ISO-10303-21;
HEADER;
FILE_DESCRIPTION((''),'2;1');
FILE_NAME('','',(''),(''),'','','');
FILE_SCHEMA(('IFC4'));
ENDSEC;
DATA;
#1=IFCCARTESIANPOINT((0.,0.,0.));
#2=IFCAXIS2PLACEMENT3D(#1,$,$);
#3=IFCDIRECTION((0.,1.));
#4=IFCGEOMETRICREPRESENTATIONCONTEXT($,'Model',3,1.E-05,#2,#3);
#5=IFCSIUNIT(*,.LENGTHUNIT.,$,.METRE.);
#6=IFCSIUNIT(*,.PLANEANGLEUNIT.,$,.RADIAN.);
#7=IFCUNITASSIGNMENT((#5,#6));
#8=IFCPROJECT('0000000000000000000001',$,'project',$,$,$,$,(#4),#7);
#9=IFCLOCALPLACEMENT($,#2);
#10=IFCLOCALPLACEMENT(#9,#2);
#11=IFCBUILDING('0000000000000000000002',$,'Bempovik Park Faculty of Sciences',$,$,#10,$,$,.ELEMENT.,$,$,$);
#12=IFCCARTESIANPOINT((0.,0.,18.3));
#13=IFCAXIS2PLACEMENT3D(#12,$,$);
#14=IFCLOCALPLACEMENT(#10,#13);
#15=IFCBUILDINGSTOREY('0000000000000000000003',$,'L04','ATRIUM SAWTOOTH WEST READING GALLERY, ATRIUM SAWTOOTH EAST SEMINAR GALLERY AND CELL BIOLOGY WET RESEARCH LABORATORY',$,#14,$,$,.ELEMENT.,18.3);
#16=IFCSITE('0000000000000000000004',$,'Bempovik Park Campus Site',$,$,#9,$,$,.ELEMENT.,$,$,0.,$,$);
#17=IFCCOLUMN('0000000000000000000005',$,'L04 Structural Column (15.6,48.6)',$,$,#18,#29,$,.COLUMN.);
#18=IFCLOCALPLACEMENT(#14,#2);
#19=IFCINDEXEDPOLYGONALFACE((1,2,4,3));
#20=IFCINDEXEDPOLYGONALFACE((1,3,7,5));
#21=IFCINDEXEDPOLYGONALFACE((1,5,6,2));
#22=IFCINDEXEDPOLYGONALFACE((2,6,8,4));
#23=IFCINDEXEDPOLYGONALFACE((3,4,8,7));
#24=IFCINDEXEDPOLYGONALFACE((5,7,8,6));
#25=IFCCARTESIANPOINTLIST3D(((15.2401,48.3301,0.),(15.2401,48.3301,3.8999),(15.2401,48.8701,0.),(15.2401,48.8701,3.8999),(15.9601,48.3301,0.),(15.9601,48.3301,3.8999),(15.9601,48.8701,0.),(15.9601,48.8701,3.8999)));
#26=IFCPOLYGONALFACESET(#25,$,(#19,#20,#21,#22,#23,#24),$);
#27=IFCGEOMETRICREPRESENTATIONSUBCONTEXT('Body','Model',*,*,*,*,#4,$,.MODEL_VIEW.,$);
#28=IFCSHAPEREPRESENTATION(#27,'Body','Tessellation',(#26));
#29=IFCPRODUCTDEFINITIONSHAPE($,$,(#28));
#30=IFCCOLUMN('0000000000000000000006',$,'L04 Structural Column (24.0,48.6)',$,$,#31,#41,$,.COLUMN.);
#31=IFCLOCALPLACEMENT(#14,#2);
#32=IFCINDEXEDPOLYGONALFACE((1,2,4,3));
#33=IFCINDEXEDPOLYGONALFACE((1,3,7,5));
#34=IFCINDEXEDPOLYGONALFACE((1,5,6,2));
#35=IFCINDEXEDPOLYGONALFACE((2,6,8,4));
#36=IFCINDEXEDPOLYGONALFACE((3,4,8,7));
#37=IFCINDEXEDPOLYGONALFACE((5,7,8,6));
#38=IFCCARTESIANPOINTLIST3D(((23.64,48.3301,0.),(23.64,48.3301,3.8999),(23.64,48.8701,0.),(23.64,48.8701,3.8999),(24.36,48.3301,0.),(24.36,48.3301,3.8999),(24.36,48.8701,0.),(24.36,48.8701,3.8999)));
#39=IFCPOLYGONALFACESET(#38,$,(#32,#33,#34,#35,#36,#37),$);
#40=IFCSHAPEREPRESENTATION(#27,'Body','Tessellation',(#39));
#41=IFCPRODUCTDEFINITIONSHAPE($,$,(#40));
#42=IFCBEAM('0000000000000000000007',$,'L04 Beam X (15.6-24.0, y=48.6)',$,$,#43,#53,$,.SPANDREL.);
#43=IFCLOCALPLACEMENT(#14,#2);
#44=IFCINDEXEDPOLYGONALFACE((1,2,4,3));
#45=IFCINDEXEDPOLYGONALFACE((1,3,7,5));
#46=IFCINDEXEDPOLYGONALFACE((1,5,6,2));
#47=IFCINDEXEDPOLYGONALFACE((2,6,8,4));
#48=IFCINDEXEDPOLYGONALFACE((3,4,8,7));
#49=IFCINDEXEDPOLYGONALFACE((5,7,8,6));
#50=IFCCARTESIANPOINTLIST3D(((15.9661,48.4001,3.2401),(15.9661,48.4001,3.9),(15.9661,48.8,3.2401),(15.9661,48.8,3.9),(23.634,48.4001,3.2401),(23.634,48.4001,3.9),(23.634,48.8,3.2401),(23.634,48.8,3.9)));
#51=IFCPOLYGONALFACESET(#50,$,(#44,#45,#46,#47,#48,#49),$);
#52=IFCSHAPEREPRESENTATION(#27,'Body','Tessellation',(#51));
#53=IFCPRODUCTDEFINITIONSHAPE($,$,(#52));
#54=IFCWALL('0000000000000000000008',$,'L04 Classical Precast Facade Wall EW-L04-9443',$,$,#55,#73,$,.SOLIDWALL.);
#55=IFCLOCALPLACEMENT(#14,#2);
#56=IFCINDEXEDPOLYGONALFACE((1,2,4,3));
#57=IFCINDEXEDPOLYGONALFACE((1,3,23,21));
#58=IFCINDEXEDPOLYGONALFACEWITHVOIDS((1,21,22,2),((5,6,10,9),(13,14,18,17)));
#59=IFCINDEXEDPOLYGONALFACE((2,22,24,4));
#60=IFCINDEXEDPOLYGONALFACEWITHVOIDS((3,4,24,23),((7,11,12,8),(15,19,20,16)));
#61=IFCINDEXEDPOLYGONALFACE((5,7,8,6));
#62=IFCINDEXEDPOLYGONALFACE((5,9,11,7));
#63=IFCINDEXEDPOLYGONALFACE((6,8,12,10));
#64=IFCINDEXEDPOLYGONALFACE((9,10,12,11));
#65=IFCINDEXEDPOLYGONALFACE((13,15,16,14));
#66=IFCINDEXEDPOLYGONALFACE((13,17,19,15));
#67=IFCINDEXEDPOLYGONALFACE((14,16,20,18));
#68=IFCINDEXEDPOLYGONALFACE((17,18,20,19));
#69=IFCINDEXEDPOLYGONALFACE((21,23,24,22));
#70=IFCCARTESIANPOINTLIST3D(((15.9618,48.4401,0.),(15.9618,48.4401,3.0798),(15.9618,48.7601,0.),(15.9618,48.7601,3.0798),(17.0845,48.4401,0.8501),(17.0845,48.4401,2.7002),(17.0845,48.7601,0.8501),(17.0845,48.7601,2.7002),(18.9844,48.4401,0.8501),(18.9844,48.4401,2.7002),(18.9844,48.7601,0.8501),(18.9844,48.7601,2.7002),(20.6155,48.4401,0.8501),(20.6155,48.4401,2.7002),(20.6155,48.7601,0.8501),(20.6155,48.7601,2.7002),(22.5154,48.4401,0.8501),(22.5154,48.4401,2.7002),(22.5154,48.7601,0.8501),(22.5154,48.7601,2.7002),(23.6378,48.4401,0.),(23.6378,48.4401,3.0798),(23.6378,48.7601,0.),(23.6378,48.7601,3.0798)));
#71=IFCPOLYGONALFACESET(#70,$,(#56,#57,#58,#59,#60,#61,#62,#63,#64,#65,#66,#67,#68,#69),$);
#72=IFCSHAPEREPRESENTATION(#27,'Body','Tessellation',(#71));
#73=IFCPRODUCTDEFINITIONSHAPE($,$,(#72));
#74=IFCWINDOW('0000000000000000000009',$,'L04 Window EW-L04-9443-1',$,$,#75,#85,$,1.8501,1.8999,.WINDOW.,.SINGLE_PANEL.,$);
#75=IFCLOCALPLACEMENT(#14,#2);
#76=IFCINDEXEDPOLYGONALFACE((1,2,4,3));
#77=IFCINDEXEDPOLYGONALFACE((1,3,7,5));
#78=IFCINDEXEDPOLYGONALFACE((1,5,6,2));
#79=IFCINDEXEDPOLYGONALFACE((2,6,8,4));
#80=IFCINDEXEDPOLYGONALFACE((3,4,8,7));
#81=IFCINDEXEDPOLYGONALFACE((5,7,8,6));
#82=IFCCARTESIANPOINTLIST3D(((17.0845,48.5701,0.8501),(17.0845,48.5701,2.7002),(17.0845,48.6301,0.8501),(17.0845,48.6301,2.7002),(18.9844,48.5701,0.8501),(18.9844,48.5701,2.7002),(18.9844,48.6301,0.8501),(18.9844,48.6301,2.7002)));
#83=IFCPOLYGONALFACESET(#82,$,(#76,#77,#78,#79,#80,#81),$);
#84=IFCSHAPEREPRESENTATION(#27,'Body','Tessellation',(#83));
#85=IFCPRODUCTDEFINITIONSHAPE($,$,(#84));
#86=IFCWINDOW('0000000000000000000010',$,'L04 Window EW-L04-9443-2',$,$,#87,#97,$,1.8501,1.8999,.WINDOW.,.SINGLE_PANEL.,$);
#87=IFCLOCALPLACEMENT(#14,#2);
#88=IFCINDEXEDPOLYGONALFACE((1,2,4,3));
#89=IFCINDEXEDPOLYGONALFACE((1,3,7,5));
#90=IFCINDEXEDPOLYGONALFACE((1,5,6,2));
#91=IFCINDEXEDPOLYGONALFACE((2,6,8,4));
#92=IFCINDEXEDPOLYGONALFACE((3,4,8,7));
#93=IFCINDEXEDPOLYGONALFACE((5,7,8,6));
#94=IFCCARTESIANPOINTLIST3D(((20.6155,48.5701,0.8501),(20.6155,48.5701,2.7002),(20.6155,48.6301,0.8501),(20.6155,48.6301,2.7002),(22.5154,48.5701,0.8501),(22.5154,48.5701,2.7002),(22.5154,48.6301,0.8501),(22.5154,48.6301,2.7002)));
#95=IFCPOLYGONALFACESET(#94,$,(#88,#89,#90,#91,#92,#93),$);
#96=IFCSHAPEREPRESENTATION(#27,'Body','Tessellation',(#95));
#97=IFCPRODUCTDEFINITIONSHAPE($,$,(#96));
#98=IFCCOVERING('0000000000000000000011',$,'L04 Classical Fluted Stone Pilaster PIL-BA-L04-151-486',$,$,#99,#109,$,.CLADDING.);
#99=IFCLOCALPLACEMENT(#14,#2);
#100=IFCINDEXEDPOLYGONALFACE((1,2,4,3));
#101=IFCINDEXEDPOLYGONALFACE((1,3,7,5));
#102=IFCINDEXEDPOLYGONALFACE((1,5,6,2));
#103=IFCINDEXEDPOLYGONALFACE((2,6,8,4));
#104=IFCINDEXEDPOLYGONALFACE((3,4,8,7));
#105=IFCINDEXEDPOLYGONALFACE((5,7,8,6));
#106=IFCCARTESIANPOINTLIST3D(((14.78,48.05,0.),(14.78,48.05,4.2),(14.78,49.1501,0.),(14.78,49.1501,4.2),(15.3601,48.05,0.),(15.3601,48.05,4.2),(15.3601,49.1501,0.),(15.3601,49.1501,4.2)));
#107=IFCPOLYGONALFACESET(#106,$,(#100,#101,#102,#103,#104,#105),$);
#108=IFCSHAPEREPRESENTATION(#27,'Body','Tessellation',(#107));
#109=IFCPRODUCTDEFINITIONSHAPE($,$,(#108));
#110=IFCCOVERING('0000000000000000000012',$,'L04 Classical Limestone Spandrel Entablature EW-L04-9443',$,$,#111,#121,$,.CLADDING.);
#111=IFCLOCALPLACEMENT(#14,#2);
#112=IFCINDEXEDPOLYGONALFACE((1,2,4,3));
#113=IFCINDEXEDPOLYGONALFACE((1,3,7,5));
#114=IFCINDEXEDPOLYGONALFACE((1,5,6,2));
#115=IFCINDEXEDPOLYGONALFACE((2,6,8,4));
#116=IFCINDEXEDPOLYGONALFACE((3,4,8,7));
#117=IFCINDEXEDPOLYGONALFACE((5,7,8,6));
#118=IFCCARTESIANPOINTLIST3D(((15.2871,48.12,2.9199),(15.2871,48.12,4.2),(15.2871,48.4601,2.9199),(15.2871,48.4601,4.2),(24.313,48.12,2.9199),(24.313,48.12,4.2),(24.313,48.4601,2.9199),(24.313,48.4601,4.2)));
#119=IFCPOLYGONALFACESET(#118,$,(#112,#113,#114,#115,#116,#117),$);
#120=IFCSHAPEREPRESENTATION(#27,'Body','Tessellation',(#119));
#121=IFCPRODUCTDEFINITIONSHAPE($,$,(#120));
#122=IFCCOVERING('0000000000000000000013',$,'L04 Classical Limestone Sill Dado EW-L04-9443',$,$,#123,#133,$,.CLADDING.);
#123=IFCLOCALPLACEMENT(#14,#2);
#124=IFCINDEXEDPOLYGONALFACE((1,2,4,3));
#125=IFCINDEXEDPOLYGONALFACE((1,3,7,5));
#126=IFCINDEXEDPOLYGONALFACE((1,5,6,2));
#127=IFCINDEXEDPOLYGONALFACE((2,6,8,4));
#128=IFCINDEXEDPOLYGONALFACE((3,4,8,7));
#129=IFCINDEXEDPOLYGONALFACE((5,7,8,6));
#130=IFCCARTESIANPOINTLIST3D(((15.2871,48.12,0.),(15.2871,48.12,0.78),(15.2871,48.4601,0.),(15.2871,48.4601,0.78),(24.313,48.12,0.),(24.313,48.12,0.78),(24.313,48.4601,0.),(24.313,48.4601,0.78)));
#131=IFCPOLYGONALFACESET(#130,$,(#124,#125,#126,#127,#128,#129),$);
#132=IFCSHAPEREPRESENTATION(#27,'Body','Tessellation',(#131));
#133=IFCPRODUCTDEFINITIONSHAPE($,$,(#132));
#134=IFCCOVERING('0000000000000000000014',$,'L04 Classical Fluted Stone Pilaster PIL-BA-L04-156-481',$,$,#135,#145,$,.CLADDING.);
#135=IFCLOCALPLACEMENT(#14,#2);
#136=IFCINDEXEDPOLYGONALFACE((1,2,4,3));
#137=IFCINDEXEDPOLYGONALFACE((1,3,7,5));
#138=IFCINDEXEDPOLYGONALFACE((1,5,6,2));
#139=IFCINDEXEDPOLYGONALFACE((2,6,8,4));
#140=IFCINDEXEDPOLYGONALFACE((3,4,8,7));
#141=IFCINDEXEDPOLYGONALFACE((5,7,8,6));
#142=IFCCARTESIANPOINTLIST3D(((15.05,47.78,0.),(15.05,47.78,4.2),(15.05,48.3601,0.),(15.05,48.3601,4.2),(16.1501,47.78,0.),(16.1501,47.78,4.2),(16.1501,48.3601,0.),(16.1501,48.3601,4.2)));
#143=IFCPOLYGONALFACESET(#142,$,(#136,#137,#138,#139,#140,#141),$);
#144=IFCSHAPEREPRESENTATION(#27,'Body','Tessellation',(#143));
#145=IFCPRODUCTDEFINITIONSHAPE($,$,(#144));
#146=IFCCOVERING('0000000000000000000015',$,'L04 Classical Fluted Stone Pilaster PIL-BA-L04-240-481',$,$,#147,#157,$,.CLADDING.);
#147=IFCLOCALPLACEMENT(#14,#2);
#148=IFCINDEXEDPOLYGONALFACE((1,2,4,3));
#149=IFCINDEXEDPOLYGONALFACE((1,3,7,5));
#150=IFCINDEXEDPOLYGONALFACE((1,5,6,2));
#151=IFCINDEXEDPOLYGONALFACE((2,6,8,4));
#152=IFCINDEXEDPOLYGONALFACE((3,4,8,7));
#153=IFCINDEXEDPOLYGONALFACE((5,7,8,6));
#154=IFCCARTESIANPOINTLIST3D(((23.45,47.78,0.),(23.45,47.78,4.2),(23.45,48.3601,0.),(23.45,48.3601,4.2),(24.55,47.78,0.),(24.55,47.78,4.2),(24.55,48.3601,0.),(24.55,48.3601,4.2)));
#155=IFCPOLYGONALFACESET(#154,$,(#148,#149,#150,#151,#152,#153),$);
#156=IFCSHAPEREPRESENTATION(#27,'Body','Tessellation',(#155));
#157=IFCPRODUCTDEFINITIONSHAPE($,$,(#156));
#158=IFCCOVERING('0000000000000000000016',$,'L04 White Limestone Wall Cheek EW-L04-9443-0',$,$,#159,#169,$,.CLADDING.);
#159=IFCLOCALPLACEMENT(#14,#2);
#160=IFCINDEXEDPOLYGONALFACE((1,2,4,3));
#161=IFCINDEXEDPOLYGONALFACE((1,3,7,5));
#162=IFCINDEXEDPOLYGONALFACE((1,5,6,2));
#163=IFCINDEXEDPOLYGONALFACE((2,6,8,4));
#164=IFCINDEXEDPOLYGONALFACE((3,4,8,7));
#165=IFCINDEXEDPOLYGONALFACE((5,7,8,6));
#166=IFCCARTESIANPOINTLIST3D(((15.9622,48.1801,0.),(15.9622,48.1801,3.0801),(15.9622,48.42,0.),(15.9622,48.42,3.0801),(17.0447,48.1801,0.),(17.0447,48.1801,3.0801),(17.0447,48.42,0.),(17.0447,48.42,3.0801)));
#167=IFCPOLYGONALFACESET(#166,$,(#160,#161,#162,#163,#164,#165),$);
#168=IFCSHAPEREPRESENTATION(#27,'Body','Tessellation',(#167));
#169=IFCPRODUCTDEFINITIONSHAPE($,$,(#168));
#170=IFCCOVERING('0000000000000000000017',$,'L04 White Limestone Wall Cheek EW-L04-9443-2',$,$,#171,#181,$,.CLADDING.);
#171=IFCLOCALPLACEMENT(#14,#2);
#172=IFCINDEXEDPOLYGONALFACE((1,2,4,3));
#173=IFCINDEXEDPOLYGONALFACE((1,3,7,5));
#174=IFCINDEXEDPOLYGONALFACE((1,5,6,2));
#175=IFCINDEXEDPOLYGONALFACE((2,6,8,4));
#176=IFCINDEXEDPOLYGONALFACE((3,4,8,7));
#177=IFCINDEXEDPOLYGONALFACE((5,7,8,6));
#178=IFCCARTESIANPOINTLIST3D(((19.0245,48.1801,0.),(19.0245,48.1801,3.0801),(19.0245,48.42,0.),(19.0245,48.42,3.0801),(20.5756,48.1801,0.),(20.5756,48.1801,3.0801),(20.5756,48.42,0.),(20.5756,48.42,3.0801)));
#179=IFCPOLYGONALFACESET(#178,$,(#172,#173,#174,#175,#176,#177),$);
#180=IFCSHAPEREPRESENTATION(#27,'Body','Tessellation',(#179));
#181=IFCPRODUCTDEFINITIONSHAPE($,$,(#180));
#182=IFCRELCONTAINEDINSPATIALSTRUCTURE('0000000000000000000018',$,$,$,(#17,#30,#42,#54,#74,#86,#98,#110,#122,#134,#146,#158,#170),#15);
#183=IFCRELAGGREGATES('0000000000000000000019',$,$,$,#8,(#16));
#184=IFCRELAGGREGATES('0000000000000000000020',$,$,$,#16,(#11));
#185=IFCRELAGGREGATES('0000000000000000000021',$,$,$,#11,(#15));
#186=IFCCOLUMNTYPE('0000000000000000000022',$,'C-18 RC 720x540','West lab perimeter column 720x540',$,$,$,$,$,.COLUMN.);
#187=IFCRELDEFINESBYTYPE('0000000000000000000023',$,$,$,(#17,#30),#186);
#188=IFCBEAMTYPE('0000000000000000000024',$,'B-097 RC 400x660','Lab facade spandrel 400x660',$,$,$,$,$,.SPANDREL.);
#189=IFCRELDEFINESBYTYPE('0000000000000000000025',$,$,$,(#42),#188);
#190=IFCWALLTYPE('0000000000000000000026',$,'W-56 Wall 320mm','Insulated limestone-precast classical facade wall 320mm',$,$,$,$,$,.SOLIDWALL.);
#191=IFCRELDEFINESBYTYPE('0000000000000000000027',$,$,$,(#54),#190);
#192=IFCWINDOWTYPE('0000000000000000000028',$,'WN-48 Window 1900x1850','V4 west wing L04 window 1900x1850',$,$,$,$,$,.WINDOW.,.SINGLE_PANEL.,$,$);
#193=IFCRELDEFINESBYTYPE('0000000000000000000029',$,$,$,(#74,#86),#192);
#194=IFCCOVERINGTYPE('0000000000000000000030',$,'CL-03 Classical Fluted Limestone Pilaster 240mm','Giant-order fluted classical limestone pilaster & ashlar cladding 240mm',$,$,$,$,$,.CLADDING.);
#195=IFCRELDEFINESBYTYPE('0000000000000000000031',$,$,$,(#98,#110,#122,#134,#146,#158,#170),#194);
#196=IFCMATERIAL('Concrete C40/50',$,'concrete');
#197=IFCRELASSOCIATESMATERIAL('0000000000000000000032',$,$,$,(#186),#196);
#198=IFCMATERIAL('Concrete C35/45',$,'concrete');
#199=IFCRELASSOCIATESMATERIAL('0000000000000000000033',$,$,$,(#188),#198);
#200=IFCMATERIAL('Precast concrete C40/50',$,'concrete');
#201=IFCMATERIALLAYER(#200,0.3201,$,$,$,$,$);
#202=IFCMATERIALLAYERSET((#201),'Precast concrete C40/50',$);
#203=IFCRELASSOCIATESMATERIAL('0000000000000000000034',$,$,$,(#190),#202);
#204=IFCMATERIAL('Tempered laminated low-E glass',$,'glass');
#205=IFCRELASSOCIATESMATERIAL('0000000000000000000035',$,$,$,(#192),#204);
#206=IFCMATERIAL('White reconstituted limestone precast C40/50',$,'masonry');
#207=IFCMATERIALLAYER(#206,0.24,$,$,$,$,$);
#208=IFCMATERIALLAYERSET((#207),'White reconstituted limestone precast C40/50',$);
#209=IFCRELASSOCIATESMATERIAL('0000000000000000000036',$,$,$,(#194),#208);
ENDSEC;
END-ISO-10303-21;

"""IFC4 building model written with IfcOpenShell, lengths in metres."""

from ifc_helpers import new_model, si_unit, direction, frame, frame_2d, origin, origin_2d, place, context, subcontext, project, spatial, rectangle, extrude, material, layer, layer_set, material_profile, profile_set, type_object, element, fill, save


model = new_model("IFC4")

# Units and contexts
model_context = context("Model", 3, precision=1e-05, world=origin(), true_north=direction((0.0, 1.0)))
body_context = subcontext(model_context, "Body", "Model", "MODEL_VIEW")
ifc_project = project(units=[si_unit("LENGTHUNIT", "METRE"), si_unit("PLANEANGLEUNIT", "RADIAN")], contexts=[model_context])

# Site, building, storey
site_placement = place(None, origin())
site = spatial("IfcSite", under=ifc_project, at=site_placement, Name="Bempovik Park Campus Site", CompositionType="ELEMENT", RefElevation=0.0)
building_placement = place(site_placement, origin())
building = spatial("IfcBuilding", under=site, at=building_placement, Name="Bempovik Park Faculty of Sciences", CompositionType="ELEMENT")
storey_placement = place(building_placement, frame((0.0, 0.0, 18.3)))
storey = spatial("IfcBuildingStorey", under=building, at=storey_placement, Name="L04", Description="ATRIUM SAWTOOTH WEST READING GALLERY, ATRIUM SAWTOOTH EAST SEMINAR GALLERY AND CELL BIOLOGY WET RESEARCH LABORATORY", CompositionType="ELEMENT", Elevation=18.3)

# Columns
ifc_material_1 = material(Name="Concrete C40/50", Category="concrete")
ifc_material_profile_1 = material_profile(ifc_material_1, rectangle(XDim=0.72, YDim=0.54, at=origin_2d()), Name="RC 720x540")
ifc_profile_set_1 = profile_set([ifc_material_profile_1], Name="Concrete C40/50")
column_type = type_object("IfcColumnType", Name="C-18 RC 720x540", Description="West lab perimeter column 720x540", PredefinedType="COLUMN", material=ifc_profile_set_1)
for number, where, z_axis, x_axis, name in (
    (1, (15.6001, 48.6001, 0.0), (0.0, 0.0, 1.0), (1.0, 0.0, 0.0), "L04 Structural Column (15.6,48.6)"),
    (2, (24.0, 48.6001, 0.0), (0.0, 0.0, 1.0), (1.0, 0.0, 0.0), "L04 Structural Column (24.0,48.6)"),
):
    element("IfcColumn", number, at=place(storey_placement, frame(where, z_axis=z_axis, x_axis=x_axis)), inside=storey, type_object=column_type, Name=name, PredefinedType="COLUMN", context=body_context, shape_type="SweptSolid", body=[
        extrude(rectangle(XDim=0.72, YDim=0.54, at=origin_2d()), origin(), (0.0, 0.0, 1.0), 3.8999),
    ])

# Beam
ifc_material_2 = material(Name="Concrete C35/45", Category="concrete")
ifc_material_profile_2 = material_profile(ifc_material_2, rectangle(XDim=0.3999, YDim=0.6599, at=origin_2d()), Name="RC 400x660")
ifc_profile_set_2 = profile_set([ifc_material_profile_2], Name="Concrete C35/45")
beam_type = type_object("IfcBeamType", Name="B-097 RC 400x660", Description="Lab facade spandrel 400x660", PredefinedType="SPANDREL", material=ifc_profile_set_2)
beam_placement = place(storey_placement, frame((15.9661, 48.6001, 3.5701), z_axis=(1.0, 0.0, 0.0), x_axis=(0.0, 1.0, 0.0)))
element("IfcBeam", 3, at=beam_placement, inside=storey, type_object=beam_type, Name="L04 Beam X (15.6-24.0, y=48.6)", PredefinedType="SPANDREL", context=body_context, shape_type="SweptSolid", body=[
    extrude(rectangle(XDim=0.3999, YDim=0.6599, at=origin_2d()), origin(), (0.0, 0.0, 1.0), 7.668),
])

# Wall, openings, windows
ifc_material_3 = material(Name="Precast concrete C40/50", Category="concrete")
ifc_layer_1 = layer(ifc_material_3, 0.3201)
ifc_layer_set_1 = layer_set([ifc_layer_1], Name="Precast concrete C40/50")
wall_type = type_object("IfcWallType", Name="W-56 Wall 320mm", Description="Insulated limestone-precast classical facade wall 320mm", PredefinedType="SOLIDWALL", material=ifc_layer_set_1)
wall_placement = place(storey_placement, frame((15.9619, 48.6001, 0.0), z_axis=(0.0, 0.0, 1.0), x_axis=(1.0, 0.0, 0.0)))
wall = element("IfcWall", 4, at=wall_placement, inside=storey, type_object=wall_type, Name="L04 Classical Precast Facade Wall EW-L04-9443", PredefinedType="SOLIDWALL", context=body_context, shape_type="SweptSolid", body=[
    extrude(rectangle(XDim=7.676, YDim=0.3201, at=frame_2d((3.8379, 0.0))), origin(), (0.0, 0.0, 1.0), 3.0798),
])
opening_1_placement = place(wall_placement, frame((1.1226, 0.0, 0.8501)))
opening_1 = element("IfcOpeningElement", 5, at=opening_1_placement, cuts=wall, PredefinedType="OPENING", context=body_context, shape_type="SweptSolid", body=[
    extrude(rectangle(XDim=1.8999, YDim=1.8501, at=frame_2d((0.95, 0.925))), frame((0.0, 0.1699, 0.0), z_axis=(0.0, -1.0, 0.0), x_axis=(1.0, 0.0, 0.0)), (0.0, 0.0, 1.0), 0.3401),
])
opening_2_placement = place(wall_placement, frame((4.6536, 0.0, 0.8501)))
opening_2 = element("IfcOpeningElement", 6, at=opening_2_placement, cuts=wall, PredefinedType="OPENING", context=body_context, shape_type="SweptSolid", body=[
    extrude(rectangle(XDim=1.8999, YDim=1.8501, at=frame_2d((0.95, 0.925))), frame((0.0, 0.1699, 0.0), z_axis=(0.0, -1.0, 0.0), x_axis=(1.0, 0.0, 0.0)), (0.0, 0.0, 1.0), 0.3401),
])
ifc_material_4 = material(Name="Tempered laminated low-E glass", Category="glass")
window_type = type_object("IfcWindowType", Name="WN-48 Window 1900x1850", Description="V4 west wing L04 window 1900x1850", PartitioningType="SINGLE_PANEL", PredefinedType="WINDOW", material=ifc_material_4)
window_1_placement = place(opening_1_placement, origin())
window_1 = element("IfcWindow", 7, at=window_1_placement, inside=storey, type_object=window_type, Name="L04 Window EW-L04-9443-1", OverallHeight=1.8501, OverallWidth=1.8999, PartitioningType="SINGLE_PANEL", PredefinedType="WINDOW", context=body_context, shape_type="SweptSolid", body=[
    extrude(rectangle(XDim=1.8999, YDim=1.8501, at=frame_2d((0.95, 0.925))), frame((0.0, 0.03, 0.0), z_axis=(0.0, -1.0, 0.0), x_axis=(1.0, 0.0, 0.0)), (0.0, 0.0, 1.0), 0.0601),
])
fill(opening_1, window_1)
window_2_placement = place(opening_2_placement, origin())
window_2 = element("IfcWindow", 8, at=window_2_placement, inside=storey, type_object=window_type, Name="L04 Window EW-L04-9443-2", OverallHeight=1.8501, OverallWidth=1.8999, PartitioningType="SINGLE_PANEL", PredefinedType="WINDOW", context=body_context, shape_type="SweptSolid", body=[
    extrude(rectangle(XDim=1.8999, YDim=1.8501, at=frame_2d((0.95, 0.925))), frame((0.0, 0.03, 0.0), z_axis=(0.0, -1.0, 0.0), x_axis=(1.0, 0.0, 0.0)), (0.0, 0.0, 1.0), 0.0601),
])
fill(opening_2, window_2)

# Coverings
ifc_material_5 = material(Name="White reconstituted limestone precast C40/50", Category="masonry")
ifc_layer_2 = layer(ifc_material_5, 0.24)
ifc_layer_set_2 = layer_set([ifc_layer_2], Name="White reconstituted limestone precast C40/50")
covering_type = type_object("IfcCoveringType", Name="CL-03 Classical Fluted Limestone Pilaster 240mm", Description="Giant-order fluted classical limestone pilaster & ashlar cladding 240mm", PredefinedType="CLADDING", material=ifc_layer_set_2)
covering_1_placement = place(storey_placement, frame((15.0701, 48.6001, 0.0), z_axis=(0.0, 0.0, 1.0), x_axis=(1.0, 0.0, 0.0)))
element("IfcCovering", 9, at=covering_1_placement, inside=storey, type_object=covering_type, Name="L04 Classical Fluted Stone Pilaster PIL-BA-L04-151-486", PredefinedType="CLADDING", context=body_context, shape_type="SweptSolid", body=[
    extrude(rectangle(XDim=0.5801, YDim=1.1001, at=origin_2d()), origin(), (0.0, 0.0, 1.0), 4.2),
])
covering_2_placement = place(storey_placement, frame((19.8, 48.29, 2.9199), z_axis=(0.0, 0.0, 1.0), x_axis=(1.0, 0.0, 0.0)))
element("IfcCovering", 10, at=covering_2_placement, inside=storey, type_object=covering_type, Name="L04 Classical Limestone Spandrel Entablature EW-L04-9443", PredefinedType="CLADDING", context=body_context, shape_type="SweptSolid", body=[
    extrude(rectangle(XDim=9.0259, YDim=0.3401, at=origin_2d()), origin(), (0.0, 0.0, 1.0), 1.28),
])
covering_3_placement = place(storey_placement, frame((19.8, 48.29, 0.0), z_axis=(0.0, 0.0, 1.0), x_axis=(1.0, 0.0, 0.0)))
element("IfcCovering", 11, at=covering_3_placement, inside=storey, type_object=covering_type, Name="L04 Classical Limestone Sill Dado EW-L04-9443", PredefinedType="CLADDING", context=body_context, shape_type="SweptSolid", body=[
    extrude(rectangle(XDim=9.0259, YDim=0.3401, at=origin_2d()), origin(), (0.0, 0.0, 1.0), 0.78),
])
for number, where, z_axis, x_axis, name in (
    (12, (15.6001, 48.0701, 0.0), (0.0, 0.0, 1.0), (1.0, 0.0, 0.0), "L04 Classical Fluted Stone Pilaster PIL-BA-L04-156-481"),
    (13, (24.0, 48.0701, 0.0), (0.0, 0.0, 1.0), (1.0, 0.0, 0.0), "L04 Classical Fluted Stone Pilaster PIL-BA-L04-240-481"),
):
    element("IfcCovering", number, at=place(storey_placement, frame(where, z_axis=z_axis, x_axis=x_axis)), inside=storey, type_object=covering_type, Name=name, PredefinedType="CLADDING", context=body_context, shape_type="SweptSolid", body=[
        extrude(rectangle(XDim=1.1001, YDim=0.5801, at=origin_2d()), origin(), (0.0, 0.0, 1.0), 4.2),
    ])
covering_4_placement = place(storey_placement, frame((16.5034, 48.3, 0.0), z_axis=(0.0, 0.0, 1.0), x_axis=(1.0, 0.0, 0.0)))
element("IfcCovering", 14, at=covering_4_placement, inside=storey, type_object=covering_type, Name="L04 White Limestone Wall Cheek EW-L04-9443-0", PredefinedType="CLADDING", context=body_context, shape_type="SweptSolid", body=[
    extrude(rectangle(XDim=1.0825, YDim=0.24, at=origin_2d()), origin(), (0.0, 0.0, 1.0), 3.0801),
])
covering_5_placement = place(storey_placement, frame((19.8, 48.3, 0.0), z_axis=(0.0, 0.0, 1.0), x_axis=(1.0, 0.0, 0.0)))
element("IfcCovering", 15, at=covering_5_placement, inside=storey, type_object=covering_type, Name="L04 White Limestone Wall Cheek EW-L04-9443-2", PredefinedType="CLADDING", context=body_context, shape_type="SweptSolid", body=[
    extrude(rectangle(XDim=1.551, YDim=0.24, at=origin_2d()), origin(), (0.0, 0.0, 1.0), 3.0801),
])

save(model, "model.ifc")
